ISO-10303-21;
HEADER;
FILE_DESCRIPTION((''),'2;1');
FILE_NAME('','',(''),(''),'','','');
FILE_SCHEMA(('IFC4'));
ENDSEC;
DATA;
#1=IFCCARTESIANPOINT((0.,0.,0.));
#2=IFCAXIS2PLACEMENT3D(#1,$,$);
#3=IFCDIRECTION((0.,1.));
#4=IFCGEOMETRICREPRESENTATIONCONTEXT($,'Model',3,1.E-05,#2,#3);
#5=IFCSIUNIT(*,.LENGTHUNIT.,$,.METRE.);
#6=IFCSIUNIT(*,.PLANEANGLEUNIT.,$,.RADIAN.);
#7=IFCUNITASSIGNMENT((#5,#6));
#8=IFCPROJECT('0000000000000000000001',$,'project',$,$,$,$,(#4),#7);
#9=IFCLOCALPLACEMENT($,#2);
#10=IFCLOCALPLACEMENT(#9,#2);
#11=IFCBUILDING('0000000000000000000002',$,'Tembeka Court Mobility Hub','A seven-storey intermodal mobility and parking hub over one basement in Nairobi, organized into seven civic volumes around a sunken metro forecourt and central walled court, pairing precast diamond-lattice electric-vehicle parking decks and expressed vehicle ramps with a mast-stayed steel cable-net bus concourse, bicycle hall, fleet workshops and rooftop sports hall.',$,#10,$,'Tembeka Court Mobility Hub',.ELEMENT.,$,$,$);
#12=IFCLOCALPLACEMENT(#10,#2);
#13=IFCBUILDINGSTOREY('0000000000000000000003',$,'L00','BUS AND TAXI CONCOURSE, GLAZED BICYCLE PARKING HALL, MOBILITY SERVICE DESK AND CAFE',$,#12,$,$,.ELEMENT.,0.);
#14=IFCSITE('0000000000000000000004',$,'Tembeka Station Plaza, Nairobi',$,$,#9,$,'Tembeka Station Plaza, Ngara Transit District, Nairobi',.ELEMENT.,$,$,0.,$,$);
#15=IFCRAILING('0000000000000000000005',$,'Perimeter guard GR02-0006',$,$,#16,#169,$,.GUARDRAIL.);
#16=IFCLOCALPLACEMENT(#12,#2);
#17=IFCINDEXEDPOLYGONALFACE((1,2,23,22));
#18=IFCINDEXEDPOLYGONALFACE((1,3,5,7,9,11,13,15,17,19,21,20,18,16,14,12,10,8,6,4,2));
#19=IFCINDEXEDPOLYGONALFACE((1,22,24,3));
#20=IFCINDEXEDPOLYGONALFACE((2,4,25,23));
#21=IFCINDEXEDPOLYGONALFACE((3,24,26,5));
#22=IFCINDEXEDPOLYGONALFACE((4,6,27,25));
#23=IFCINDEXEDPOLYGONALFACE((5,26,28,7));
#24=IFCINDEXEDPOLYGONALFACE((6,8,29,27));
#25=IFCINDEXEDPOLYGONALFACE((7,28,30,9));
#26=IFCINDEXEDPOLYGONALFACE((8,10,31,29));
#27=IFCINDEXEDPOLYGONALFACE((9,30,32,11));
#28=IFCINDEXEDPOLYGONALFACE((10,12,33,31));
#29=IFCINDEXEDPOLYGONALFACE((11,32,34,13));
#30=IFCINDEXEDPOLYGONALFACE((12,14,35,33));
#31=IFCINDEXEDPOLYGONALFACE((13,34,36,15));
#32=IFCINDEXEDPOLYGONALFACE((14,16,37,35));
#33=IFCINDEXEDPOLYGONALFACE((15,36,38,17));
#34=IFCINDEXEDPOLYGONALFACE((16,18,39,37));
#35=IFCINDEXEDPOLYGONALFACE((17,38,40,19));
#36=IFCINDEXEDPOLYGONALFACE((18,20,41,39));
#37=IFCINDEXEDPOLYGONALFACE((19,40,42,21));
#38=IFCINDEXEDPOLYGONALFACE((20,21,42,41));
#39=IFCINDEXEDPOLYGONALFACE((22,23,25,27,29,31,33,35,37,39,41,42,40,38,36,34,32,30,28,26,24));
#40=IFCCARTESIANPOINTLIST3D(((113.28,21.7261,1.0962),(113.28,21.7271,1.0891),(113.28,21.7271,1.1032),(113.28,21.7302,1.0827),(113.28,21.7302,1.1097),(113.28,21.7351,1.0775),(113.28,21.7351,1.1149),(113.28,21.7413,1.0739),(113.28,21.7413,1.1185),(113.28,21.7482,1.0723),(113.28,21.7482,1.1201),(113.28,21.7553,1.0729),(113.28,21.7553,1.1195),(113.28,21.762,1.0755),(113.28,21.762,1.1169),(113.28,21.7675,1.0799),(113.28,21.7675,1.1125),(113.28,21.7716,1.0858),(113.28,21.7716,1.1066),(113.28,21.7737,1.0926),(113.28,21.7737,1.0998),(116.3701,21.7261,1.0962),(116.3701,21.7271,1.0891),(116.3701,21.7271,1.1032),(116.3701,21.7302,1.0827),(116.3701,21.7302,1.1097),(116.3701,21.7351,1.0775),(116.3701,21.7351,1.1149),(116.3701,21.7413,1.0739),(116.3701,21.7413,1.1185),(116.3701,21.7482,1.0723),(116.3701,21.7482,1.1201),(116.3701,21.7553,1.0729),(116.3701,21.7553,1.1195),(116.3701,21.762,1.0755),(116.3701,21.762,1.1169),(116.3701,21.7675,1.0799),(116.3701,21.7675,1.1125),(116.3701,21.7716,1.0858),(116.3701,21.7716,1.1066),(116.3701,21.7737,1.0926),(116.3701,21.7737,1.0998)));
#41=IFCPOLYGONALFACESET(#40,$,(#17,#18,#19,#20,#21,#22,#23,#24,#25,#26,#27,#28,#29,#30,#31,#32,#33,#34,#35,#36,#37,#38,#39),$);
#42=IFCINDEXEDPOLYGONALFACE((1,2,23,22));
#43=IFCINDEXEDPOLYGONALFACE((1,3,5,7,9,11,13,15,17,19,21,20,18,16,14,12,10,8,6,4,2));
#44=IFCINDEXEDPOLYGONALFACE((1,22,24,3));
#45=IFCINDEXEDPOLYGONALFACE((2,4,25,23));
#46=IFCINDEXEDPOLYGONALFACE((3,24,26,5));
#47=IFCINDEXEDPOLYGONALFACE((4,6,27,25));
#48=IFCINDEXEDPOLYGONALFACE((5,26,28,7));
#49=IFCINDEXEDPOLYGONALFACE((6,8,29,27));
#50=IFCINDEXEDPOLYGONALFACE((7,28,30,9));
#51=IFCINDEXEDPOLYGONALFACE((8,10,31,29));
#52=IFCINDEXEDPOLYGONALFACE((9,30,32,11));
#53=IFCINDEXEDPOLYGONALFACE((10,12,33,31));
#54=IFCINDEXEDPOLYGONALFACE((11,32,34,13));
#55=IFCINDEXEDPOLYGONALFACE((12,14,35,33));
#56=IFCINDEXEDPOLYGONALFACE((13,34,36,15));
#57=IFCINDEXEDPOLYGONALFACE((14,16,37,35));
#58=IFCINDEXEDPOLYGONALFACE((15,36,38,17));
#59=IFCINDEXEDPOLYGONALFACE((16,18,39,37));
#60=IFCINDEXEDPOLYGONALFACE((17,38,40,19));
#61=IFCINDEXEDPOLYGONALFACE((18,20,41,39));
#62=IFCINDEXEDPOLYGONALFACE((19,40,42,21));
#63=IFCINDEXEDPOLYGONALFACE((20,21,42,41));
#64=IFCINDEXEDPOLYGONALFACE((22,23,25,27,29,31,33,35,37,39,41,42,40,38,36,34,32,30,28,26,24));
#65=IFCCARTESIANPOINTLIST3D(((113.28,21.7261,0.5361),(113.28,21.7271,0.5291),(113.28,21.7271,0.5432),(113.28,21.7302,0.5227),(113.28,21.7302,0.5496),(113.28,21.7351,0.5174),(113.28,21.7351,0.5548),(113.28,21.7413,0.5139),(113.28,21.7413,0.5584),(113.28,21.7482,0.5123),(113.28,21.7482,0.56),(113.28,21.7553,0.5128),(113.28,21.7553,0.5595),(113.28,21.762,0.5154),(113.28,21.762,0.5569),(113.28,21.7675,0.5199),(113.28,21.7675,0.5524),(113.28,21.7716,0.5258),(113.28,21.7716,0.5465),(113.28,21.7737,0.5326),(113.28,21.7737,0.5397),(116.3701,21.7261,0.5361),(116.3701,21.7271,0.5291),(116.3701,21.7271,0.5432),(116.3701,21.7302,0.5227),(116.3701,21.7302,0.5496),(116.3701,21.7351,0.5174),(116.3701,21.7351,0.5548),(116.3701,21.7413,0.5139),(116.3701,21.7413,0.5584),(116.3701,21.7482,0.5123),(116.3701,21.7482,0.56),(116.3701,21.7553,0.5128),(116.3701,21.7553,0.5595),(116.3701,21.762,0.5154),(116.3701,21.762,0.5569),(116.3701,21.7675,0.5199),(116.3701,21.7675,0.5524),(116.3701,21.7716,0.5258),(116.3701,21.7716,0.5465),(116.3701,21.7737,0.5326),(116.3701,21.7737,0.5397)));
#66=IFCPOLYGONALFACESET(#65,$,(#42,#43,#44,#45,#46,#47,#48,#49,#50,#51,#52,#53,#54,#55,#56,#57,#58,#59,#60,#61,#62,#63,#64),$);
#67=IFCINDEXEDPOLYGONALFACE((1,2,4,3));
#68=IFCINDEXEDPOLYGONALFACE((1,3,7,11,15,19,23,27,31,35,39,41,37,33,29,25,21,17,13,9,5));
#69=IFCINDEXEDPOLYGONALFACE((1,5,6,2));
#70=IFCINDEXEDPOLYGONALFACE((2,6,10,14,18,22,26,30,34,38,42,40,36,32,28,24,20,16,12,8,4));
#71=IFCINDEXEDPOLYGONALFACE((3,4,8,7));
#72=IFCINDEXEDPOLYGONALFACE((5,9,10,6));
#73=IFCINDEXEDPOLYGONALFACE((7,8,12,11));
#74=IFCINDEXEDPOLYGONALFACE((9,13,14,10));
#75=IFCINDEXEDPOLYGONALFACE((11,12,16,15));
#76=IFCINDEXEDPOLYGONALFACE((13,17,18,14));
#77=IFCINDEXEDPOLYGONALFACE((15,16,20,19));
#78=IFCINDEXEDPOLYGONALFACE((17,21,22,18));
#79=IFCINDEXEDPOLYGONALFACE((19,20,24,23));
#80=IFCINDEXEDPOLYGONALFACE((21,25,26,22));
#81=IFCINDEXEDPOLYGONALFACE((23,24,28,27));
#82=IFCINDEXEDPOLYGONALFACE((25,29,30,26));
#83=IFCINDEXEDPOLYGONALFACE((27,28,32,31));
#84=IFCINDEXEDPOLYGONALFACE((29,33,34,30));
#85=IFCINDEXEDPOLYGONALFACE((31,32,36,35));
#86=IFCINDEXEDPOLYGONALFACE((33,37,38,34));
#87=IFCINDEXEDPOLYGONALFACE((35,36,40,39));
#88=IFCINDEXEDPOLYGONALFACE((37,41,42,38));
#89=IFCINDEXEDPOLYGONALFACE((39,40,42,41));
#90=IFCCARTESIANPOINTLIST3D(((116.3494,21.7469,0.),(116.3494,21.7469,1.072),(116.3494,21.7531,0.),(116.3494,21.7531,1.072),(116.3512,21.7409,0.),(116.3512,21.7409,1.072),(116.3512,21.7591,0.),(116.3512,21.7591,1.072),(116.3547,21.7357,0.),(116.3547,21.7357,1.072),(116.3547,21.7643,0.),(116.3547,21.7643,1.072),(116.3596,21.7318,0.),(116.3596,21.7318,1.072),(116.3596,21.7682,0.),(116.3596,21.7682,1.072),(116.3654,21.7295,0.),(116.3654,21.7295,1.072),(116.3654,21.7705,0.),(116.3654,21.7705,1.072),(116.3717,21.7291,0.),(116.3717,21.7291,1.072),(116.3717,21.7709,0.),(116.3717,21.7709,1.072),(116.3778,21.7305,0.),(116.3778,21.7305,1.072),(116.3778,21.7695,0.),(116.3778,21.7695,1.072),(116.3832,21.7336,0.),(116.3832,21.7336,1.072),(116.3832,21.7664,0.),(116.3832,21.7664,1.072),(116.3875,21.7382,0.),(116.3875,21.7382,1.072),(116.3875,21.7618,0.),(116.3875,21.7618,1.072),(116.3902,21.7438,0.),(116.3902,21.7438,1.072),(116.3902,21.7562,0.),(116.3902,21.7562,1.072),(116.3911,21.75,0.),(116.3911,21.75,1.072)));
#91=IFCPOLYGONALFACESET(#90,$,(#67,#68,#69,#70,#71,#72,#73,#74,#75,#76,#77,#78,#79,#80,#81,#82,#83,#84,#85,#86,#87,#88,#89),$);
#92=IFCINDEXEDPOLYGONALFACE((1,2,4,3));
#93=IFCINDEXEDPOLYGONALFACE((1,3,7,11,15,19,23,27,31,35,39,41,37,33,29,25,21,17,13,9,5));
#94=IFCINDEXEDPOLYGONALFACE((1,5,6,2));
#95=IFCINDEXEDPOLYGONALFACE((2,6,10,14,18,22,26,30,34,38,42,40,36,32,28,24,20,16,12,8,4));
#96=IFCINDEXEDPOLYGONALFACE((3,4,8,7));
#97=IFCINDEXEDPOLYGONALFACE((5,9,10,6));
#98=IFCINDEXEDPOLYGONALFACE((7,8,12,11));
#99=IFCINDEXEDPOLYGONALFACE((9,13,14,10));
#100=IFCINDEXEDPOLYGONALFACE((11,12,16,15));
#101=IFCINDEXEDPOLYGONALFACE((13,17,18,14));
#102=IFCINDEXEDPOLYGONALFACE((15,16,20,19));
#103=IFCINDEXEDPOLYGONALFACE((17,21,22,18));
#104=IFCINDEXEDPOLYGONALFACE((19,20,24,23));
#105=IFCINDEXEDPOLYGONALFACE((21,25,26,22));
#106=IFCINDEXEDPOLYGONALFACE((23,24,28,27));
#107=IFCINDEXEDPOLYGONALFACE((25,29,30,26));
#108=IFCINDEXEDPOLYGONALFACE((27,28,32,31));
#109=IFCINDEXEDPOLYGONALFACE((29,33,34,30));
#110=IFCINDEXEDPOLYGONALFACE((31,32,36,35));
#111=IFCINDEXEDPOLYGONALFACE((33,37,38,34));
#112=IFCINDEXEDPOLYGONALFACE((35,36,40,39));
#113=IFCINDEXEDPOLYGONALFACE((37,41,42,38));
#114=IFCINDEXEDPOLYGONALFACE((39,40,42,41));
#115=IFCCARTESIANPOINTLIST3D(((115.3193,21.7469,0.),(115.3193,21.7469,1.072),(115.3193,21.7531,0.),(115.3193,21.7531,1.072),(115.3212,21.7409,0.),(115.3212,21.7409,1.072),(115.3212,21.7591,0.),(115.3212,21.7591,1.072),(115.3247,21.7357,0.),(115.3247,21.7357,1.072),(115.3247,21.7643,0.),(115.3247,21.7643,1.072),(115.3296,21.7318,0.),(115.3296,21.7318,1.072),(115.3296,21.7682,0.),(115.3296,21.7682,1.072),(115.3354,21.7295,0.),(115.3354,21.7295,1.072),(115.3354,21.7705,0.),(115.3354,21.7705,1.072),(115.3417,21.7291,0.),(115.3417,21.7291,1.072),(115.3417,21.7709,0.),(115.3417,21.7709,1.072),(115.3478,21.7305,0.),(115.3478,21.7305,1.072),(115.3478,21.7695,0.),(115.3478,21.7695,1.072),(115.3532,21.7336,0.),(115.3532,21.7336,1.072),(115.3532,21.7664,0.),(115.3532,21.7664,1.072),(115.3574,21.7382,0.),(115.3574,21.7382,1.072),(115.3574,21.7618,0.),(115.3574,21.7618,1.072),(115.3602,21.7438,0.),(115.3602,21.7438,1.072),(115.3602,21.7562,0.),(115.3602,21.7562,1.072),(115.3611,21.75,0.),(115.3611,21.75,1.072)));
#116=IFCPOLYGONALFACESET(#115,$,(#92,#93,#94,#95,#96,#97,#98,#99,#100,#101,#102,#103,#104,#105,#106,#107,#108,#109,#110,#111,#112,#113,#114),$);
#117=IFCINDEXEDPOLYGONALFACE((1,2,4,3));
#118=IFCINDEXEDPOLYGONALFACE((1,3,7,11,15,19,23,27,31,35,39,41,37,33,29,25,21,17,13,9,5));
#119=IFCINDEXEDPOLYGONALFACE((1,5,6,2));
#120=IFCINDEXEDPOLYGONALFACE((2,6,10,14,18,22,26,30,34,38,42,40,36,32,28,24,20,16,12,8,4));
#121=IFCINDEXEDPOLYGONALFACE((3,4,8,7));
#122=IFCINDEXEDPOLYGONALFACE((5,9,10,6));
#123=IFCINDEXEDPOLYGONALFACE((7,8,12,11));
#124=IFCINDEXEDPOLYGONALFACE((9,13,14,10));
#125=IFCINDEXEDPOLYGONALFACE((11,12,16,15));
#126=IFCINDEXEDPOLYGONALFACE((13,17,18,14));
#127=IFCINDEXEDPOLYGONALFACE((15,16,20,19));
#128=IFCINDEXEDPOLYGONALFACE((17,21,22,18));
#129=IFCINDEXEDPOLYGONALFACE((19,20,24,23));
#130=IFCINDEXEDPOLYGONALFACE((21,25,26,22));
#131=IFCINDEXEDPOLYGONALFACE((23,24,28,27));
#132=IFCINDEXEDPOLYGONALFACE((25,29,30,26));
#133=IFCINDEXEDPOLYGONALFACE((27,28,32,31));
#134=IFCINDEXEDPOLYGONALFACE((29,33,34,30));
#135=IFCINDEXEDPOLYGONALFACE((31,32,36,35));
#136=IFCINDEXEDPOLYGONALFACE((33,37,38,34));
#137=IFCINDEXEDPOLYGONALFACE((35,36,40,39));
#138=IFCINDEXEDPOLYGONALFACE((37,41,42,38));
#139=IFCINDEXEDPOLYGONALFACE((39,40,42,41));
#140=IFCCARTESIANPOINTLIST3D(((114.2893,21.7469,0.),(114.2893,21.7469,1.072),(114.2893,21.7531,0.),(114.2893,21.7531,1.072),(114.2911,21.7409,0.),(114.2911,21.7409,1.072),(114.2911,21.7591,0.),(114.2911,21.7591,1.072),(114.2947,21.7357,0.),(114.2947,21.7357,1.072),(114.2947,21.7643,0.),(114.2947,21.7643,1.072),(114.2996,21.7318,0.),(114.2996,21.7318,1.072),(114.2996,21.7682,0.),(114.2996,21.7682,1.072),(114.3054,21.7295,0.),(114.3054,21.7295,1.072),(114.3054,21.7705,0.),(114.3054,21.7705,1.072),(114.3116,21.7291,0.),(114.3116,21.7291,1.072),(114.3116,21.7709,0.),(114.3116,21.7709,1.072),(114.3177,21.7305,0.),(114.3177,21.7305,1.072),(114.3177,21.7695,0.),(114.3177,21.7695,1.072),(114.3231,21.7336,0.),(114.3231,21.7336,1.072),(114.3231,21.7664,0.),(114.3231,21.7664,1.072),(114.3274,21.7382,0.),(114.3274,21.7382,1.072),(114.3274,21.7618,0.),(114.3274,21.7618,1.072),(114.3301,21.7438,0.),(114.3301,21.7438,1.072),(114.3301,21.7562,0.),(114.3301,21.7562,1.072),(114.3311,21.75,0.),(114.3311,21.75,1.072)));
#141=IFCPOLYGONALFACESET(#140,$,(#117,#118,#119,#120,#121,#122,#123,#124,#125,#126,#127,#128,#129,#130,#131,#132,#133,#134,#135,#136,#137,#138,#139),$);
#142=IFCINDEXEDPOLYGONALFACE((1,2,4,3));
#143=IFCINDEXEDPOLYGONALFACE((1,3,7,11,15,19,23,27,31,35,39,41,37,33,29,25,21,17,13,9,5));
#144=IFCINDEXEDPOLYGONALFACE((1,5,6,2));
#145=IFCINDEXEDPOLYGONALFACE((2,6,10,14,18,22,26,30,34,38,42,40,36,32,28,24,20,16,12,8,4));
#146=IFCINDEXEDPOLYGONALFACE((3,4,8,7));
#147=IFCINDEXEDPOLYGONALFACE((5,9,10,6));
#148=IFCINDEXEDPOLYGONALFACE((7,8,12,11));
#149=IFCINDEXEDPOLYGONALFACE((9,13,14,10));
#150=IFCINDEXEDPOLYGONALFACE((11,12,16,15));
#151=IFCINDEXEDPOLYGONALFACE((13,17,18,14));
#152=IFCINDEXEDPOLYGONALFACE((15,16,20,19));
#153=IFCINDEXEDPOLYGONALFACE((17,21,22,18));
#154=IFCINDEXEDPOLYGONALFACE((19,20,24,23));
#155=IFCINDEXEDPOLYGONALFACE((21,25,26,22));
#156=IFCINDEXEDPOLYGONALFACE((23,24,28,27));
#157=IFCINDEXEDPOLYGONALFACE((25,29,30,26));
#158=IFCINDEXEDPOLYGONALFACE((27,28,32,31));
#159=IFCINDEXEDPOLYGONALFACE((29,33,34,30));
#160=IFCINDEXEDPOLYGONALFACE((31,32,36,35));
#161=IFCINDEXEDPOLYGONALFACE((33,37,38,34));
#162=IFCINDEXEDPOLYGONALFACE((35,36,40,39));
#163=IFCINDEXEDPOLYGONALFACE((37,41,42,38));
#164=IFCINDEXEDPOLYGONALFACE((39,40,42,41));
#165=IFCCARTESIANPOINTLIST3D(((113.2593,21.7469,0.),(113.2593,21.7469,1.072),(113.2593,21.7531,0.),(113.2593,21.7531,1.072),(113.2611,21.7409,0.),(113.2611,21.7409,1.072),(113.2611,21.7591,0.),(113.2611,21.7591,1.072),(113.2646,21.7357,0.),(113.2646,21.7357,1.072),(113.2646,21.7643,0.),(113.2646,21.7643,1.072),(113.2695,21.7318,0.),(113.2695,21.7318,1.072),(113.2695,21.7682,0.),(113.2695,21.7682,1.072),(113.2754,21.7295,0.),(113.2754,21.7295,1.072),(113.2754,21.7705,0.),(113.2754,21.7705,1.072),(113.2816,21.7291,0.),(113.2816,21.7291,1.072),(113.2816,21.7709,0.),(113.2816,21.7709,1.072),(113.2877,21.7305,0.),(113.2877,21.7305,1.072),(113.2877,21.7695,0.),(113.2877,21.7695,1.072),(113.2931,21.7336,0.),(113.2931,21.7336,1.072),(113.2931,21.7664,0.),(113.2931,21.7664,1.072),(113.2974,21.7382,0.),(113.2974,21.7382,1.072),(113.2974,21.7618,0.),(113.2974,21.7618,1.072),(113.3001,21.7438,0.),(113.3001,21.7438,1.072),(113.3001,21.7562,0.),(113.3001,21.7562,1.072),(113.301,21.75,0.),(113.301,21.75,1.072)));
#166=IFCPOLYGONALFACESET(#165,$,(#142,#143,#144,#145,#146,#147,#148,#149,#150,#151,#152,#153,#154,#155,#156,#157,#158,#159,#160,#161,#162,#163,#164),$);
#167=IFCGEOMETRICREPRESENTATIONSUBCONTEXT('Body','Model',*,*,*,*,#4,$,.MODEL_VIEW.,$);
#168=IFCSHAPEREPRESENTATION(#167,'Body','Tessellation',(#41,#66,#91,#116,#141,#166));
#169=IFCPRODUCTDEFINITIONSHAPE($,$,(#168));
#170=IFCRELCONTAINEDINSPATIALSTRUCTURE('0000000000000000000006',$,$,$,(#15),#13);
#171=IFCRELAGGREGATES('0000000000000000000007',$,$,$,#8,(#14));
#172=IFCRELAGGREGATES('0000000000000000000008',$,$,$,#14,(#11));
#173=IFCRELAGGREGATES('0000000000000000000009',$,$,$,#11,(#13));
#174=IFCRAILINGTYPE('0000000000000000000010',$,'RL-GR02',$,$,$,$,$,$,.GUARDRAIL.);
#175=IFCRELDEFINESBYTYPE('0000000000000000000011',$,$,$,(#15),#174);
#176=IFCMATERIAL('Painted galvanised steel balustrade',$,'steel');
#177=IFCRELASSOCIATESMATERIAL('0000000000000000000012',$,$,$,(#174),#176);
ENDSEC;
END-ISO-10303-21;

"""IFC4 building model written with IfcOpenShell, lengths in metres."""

from ifc_helpers import new_model, si_unit, direction, frame, origin, origin_2d, place, context, subcontext, project, spatial, circle, extrude, material, type_object, element, save


model = new_model("IFC4")

# Units and contexts
model_context = context("Model", 3, precision=1e-05, world=origin(), true_north=direction((0.0, 1.0)))
body_context = subcontext(model_context, "Body", "Model", "MODEL_VIEW")
ifc_project = project(units=[si_unit("LENGTHUNIT", "METRE"), si_unit("PLANEANGLEUNIT", "RADIAN")], contexts=[model_context])

# Site, building, storey
site_placement = place(None, origin())
site = spatial("IfcSite", under=ifc_project, at=site_placement, Name="Tembeka Station Plaza, Nairobi", LongName="Tembeka Station Plaza, Ngara Transit District, Nairobi", CompositionType="ELEMENT", RefElevation=0.0)
building_placement = place(site_placement, origin())
building = spatial("IfcBuilding", under=site, at=building_placement, Name="Tembeka Court Mobility Hub", Description="A seven-storey intermodal mobility and parking hub over one basement in Nairobi, organized into seven civic volumes around a sunken metro forecourt and central walled court, pairing precast diamond-lattice electric-vehicle parking decks and expressed vehicle ramps with a mast-stayed steel cable-net bus concourse, bicycle hall, fleet workshops and rooftop sports hall.", LongName="Tembeka Court Mobility Hub", CompositionType="ELEMENT")
storey_placement = place(building_placement, origin())
storey = spatial("IfcBuildingStorey", under=building, at=storey_placement, Name="L00", Description="BUS AND TAXI CONCOURSE, GLAZED BICYCLE PARKING HALL, MOBILITY SERVICE DESK AND CAFE", CompositionType="ELEMENT", Elevation=0.0)

# Railing
ifc_material_1 = material(Name="Painted galvanised steel balustrade", Category="steel")
railing_type = type_object("IfcRailingType", Name="RL-GR02", PredefinedType="GUARDRAIL", material=ifc_material_1)
railing_1_placement = place(storey_placement, frame((116.3701, 21.75, 0.0)))
element("IfcRailing", 1, at=railing_1_placement, inside=storey, type_object=railing_type, Name="Perimeter guard GR02-0006", PredefinedType="GUARDRAIL", context=body_context, shape_type="SweptSolid", body=[
    extrude(circle(Radius=0.0239, at=origin_2d()), frame((0.0, 0.0, 1.0962), z_axis=(-1.0, 0.0, 0.0), x_axis=(0.0, -1.0, 0.0)), (0.0, 0.0, 1.0), 3.0901),
    extrude(circle(Radius=0.0239, at=origin_2d()), frame((0.0, 0.0, 0.5361), z_axis=(-1.0, 0.0, 0.0), x_axis=(0.0, -1.0, 0.0)), (0.0, 0.0, 1.0), 3.0901),
    extrude(circle(Radius=0.021, at=origin_2d()), origin(), (0.0, 0.0, 1.0), 1.072),
    extrude(circle(Radius=0.021, at=origin_2d()), frame((-1.03, 0.0, 0.0)), (0.0, 0.0, 1.0), 1.072),
    extrude(circle(Radius=0.021, at=origin_2d()), frame((-2.0601, 0.0, 0.0)), (0.0, 0.0, 1.0), 1.072),
    extrude(circle(Radius=0.021, at=origin_2d()), frame((-3.0901, 0.0, 0.0)), (0.0, 0.0, 1.0), 1.072),
])

save(model, "model.ifc")
